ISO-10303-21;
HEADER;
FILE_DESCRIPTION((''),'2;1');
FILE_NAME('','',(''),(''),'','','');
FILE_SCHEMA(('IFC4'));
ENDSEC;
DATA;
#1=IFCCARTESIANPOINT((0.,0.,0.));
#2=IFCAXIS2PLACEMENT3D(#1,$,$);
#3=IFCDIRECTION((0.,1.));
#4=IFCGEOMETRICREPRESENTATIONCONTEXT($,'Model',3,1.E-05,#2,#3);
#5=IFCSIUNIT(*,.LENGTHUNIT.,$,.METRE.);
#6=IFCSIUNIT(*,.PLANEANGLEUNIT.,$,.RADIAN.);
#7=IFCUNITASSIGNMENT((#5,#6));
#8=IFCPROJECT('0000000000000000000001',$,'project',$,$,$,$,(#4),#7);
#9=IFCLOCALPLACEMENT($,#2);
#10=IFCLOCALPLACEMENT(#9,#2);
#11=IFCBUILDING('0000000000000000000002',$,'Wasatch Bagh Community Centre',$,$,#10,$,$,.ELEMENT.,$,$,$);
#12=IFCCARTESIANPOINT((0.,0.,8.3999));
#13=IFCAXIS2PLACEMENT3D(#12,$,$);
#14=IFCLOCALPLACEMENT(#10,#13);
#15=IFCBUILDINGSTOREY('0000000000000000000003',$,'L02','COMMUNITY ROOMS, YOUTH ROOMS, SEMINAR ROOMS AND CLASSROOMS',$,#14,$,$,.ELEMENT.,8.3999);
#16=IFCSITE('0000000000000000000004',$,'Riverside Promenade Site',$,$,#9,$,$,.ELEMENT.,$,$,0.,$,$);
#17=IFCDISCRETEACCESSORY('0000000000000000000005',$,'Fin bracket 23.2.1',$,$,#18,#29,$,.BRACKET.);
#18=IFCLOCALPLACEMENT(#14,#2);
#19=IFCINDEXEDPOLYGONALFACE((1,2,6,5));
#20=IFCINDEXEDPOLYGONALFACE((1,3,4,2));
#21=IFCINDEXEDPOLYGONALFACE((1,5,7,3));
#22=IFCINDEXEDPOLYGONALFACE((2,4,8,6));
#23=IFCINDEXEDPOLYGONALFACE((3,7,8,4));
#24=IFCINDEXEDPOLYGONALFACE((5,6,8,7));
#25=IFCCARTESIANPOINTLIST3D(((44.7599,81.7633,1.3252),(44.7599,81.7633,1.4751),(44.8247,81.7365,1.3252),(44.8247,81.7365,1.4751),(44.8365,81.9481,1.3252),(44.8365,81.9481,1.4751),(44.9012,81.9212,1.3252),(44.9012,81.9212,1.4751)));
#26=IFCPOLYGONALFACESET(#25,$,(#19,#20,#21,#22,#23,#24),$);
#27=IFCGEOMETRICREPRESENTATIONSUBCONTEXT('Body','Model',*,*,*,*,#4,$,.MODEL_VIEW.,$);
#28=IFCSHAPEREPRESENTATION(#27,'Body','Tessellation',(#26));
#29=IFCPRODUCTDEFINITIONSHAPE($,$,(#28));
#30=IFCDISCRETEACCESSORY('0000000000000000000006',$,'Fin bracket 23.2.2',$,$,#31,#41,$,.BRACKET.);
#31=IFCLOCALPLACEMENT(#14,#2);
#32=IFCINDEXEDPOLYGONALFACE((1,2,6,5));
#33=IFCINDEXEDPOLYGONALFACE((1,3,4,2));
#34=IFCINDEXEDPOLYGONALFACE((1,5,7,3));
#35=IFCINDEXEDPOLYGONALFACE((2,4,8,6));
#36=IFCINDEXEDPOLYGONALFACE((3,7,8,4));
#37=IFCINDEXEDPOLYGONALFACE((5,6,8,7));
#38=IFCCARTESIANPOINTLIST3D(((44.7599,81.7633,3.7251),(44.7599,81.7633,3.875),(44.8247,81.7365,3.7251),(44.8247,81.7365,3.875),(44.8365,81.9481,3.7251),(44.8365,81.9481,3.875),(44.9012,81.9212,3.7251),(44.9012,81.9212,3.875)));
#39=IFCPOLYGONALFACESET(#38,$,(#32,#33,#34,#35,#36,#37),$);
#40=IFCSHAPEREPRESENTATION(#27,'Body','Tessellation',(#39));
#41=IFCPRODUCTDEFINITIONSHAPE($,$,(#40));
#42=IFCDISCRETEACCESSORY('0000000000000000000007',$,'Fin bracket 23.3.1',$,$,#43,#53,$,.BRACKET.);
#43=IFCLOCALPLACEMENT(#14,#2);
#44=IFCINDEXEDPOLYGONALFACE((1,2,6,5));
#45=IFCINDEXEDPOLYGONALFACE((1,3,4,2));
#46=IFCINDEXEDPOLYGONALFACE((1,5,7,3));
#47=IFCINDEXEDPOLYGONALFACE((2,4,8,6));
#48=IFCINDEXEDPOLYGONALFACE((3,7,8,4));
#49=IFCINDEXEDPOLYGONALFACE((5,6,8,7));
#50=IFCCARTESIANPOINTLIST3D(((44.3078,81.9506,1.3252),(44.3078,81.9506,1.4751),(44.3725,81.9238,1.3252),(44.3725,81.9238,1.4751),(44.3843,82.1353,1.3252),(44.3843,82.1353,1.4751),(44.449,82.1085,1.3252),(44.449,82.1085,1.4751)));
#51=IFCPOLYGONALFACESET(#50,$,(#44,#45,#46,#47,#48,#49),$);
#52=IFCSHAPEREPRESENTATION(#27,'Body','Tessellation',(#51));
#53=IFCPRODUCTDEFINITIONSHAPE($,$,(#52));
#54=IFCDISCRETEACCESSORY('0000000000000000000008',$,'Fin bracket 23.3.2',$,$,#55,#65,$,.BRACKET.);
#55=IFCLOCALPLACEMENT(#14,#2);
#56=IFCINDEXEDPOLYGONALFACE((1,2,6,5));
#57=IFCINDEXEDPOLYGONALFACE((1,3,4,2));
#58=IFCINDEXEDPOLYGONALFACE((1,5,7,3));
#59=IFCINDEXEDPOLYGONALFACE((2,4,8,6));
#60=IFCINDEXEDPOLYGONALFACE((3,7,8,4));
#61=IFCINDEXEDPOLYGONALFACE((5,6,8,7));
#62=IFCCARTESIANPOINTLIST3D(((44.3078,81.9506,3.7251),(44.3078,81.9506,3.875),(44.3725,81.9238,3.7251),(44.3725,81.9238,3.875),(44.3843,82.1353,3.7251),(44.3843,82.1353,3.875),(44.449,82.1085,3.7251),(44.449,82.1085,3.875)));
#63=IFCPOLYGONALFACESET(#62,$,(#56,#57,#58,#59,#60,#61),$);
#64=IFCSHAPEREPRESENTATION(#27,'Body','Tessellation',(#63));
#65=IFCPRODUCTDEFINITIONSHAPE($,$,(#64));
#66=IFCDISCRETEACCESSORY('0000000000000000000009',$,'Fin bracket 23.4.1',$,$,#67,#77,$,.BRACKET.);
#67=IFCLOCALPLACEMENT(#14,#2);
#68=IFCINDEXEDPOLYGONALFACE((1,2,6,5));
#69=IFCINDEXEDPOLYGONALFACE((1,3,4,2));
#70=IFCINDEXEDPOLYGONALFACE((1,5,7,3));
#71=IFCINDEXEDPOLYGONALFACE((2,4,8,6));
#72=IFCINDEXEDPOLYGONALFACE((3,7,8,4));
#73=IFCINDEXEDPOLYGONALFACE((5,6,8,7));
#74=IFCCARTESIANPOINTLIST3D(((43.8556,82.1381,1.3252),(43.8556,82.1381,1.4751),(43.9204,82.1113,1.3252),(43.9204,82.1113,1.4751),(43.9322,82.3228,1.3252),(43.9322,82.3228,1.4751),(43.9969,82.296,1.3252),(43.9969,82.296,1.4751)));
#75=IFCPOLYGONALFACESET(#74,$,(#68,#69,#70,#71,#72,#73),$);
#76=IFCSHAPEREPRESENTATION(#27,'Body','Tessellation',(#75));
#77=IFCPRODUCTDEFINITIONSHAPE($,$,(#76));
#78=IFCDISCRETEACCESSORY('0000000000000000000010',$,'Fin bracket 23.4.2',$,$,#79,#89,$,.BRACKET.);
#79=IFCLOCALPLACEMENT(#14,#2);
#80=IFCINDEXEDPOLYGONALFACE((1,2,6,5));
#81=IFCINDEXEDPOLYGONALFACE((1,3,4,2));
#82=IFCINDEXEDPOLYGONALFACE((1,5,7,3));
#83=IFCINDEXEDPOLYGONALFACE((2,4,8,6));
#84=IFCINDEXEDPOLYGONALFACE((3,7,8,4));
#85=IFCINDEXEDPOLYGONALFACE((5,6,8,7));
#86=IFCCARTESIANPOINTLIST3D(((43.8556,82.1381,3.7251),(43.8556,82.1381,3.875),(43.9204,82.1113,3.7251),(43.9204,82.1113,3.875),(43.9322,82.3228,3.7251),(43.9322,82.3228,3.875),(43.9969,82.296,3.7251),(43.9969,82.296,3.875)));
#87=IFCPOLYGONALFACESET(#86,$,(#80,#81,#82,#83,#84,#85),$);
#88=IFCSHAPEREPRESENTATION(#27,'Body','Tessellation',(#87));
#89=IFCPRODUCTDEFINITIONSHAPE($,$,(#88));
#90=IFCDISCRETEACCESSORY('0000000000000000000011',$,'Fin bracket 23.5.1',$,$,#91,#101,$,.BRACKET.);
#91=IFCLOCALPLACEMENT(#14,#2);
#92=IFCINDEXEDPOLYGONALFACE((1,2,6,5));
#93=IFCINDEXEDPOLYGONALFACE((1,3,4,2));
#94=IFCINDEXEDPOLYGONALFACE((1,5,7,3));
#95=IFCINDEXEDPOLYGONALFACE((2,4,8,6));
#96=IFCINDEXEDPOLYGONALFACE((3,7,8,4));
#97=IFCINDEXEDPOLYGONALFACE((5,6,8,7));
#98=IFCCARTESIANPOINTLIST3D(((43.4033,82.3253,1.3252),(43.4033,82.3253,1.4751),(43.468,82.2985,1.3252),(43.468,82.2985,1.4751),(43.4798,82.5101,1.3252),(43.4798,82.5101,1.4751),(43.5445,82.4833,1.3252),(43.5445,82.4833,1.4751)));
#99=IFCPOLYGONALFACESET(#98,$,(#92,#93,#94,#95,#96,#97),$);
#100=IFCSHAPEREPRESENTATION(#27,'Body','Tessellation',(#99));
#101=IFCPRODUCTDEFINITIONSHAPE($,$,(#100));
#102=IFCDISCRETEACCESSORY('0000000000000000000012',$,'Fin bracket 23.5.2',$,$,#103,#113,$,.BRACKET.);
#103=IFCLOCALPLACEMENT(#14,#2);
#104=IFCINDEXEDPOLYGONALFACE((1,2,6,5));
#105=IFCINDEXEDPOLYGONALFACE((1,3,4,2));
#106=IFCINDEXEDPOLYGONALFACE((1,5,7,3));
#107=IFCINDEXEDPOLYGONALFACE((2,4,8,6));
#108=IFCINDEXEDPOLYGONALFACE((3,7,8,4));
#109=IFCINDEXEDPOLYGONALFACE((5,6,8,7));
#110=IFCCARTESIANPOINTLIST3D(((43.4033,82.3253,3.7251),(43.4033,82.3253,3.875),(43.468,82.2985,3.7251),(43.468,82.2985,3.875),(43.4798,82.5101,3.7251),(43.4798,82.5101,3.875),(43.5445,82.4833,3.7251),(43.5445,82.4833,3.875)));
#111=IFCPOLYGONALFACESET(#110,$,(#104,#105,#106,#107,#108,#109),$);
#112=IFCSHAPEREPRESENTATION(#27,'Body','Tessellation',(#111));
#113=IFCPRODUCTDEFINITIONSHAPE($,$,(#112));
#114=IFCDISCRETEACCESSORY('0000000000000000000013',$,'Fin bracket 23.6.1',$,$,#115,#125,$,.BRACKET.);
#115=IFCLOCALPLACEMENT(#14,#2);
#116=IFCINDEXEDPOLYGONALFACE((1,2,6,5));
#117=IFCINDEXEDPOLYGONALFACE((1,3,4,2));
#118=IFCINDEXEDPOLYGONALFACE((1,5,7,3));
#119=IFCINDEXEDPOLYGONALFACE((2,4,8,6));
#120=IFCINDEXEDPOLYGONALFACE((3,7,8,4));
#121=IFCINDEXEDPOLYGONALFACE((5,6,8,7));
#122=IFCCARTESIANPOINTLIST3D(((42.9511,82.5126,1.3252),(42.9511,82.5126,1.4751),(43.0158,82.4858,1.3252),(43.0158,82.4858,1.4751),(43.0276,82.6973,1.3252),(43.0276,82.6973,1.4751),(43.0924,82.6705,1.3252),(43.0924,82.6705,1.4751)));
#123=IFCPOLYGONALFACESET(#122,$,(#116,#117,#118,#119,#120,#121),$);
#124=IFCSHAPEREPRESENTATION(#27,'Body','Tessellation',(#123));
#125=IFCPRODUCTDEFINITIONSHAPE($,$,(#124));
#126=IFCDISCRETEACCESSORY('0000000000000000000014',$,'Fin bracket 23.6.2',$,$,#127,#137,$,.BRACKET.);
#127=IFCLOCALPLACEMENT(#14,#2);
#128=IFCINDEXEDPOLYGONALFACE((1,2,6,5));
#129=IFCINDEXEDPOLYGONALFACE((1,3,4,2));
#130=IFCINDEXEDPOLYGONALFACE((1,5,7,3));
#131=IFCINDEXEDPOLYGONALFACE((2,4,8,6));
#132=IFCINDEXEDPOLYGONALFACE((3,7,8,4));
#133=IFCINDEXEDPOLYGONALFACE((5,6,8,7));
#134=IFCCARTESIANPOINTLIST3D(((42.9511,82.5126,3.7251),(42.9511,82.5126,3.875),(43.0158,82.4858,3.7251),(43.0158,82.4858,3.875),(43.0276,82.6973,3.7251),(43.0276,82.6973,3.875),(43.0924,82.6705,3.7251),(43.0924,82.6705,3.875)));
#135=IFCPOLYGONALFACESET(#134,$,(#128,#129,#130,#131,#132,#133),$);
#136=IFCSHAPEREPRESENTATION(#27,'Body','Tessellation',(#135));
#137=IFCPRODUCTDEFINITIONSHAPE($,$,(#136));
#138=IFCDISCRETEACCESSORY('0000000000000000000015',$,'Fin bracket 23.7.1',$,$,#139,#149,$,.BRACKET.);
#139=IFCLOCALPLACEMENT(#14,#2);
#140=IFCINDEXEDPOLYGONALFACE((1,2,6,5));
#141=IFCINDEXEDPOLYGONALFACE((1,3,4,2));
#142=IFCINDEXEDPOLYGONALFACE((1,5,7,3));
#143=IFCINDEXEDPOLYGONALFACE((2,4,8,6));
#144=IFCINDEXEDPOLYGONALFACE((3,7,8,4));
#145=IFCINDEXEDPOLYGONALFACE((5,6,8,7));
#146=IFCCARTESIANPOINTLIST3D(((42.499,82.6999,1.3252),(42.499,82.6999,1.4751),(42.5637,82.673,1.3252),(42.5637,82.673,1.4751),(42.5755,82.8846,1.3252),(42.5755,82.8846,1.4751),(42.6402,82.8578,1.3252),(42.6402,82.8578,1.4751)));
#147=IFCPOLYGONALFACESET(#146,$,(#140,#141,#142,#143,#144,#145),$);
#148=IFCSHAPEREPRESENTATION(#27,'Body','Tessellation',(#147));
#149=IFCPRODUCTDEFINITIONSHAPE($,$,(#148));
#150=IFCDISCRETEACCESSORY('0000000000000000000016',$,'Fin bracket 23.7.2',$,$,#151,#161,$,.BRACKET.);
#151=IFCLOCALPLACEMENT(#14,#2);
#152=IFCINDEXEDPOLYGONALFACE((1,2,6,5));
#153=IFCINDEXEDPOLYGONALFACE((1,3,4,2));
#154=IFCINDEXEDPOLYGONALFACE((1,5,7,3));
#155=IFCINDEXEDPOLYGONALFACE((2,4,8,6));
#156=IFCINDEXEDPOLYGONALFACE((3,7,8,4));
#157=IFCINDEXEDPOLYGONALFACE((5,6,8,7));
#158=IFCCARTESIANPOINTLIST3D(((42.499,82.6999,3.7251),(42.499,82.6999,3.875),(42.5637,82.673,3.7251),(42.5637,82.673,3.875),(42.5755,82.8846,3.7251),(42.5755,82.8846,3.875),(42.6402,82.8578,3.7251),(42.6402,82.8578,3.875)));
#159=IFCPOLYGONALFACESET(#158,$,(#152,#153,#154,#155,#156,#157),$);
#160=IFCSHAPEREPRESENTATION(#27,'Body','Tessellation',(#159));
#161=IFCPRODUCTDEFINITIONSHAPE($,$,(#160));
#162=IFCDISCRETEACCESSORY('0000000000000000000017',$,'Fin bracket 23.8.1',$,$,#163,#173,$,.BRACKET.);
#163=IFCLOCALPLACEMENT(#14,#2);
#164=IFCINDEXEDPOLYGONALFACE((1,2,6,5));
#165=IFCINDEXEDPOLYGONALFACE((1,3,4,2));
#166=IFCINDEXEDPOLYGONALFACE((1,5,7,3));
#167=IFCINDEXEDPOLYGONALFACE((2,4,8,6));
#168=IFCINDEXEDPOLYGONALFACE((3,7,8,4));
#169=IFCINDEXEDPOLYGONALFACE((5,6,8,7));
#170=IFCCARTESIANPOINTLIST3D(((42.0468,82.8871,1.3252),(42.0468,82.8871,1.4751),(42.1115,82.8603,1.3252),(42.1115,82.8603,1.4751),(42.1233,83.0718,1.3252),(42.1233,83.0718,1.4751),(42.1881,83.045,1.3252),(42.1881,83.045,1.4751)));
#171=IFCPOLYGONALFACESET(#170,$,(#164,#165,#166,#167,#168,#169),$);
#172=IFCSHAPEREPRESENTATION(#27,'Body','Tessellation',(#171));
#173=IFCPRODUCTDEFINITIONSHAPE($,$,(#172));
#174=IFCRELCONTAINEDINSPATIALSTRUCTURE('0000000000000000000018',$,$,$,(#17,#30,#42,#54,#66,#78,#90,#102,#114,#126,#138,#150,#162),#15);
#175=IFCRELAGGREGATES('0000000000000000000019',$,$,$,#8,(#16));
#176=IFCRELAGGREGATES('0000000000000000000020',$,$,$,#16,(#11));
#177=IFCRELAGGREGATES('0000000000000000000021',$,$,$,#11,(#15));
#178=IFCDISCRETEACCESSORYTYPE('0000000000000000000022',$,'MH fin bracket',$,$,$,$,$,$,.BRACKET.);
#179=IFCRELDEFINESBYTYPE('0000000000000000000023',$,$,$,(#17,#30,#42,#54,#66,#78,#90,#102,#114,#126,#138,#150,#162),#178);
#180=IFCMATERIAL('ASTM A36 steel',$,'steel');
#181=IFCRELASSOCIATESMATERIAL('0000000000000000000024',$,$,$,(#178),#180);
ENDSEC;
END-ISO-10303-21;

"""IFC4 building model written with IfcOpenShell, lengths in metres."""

from ifc_helpers import new_model, si_unit, direction, frame, origin, origin_2d, place, context, subcontext, project, spatial, rectangle, extrude, material, type_object, element, save


model = new_model("IFC4")

# Units and contexts
model_context = context("Model", 3, precision=1e-05, world=origin(), true_north=direction((0.0, 1.0)))
body_context = subcontext(model_context, "Body", "Model", "MODEL_VIEW")
ifc_project = project(units=[si_unit("LENGTHUNIT", "METRE"), si_unit("PLANEANGLEUNIT", "RADIAN")], contexts=[model_context])

# Site, building, storey
site_placement = place(None, origin())
site = spatial("IfcSite", under=ifc_project, at=site_placement, Name="Riverside Promenade Site", CompositionType="ELEMENT", RefElevation=0.0)
building_placement = place(site_placement, origin())
building = spatial("IfcBuilding", under=site, at=building_placement, Name="Wasatch Bagh Community Centre", CompositionType="ELEMENT")
storey_placement = place(building_placement, frame((0.0, 0.0, 8.3999)))
storey = spatial("IfcBuildingStorey", under=building, at=storey_placement, Name="L02", Description="COMMUNITY ROOMS, YOUTH ROOMS, SEMINAR ROOMS AND CLASSROOMS", CompositionType="ELEMENT", Elevation=8.3999)

# Discrete accessories
ifc_material_1 = material(Name="ASTM A36 steel", Category="steel")
discrete_accessory_type = type_object("IfcDiscreteAccessoryType", Name="MH fin bracket", PredefinedType="BRACKET", material=ifc_material_1)
for number, where, z_axis, x_axis, name in (
    (1, (44.8306, 81.8423, 1.3252), (0.0, 0.0, 1.0), (-0.92388, 0.382683, 0.0), "Fin bracket 23.2.1"),
    (2, (44.8306, 81.8423, 3.7251), (0.0, 0.0, 1.0), (-0.92388, 0.382683, 0.0), "Fin bracket 23.2.2"),
    (3, (44.3784, 82.0295, 1.3252), (0.0, 0.0, 1.0), (-0.92388, 0.382683, 0.0), "Fin bracket 23.3.1"),
    (4, (44.3784, 82.0295, 3.7251), (0.0, 0.0, 1.0), (-0.92388, 0.382683, 0.0), "Fin bracket 23.3.2"),
    (5, (43.9263, 82.217, 1.3252), (0.0, 0.0, 1.0), (-0.92388, 0.382683, 0.0), "Fin bracket 23.4.1"),
    (6, (43.9263, 82.217, 3.7251), (0.0, 0.0, 1.0), (-0.92388, 0.382683, 0.0), "Fin bracket 23.4.2"),
    (7, (43.4739, 82.4043, 1.3252), (0.0, 0.0, 1.0), (-0.92388, 0.382683, 0.0), "Fin bracket 23.5.1"),
    (8, (43.4739, 82.4043, 3.7251), (0.0, 0.0, 1.0), (-0.92388, 0.382683, 0.0), "Fin bracket 23.5.2"),
    (9, (43.0217, 82.5916, 1.3252), (0.0, 0.0, 1.0), (-0.92388, 0.382683, 0.0), "Fin bracket 23.6.1"),
    (10, (43.0217, 82.5916, 3.7251), (0.0, 0.0, 1.0), (-0.92388, 0.382683, 0.0), "Fin bracket 23.6.2"),
    (11, (42.5696, 82.7788, 1.3252), (0.0, 0.0, 1.0), (-0.92388, 0.382683, 0.0), "Fin bracket 23.7.1"),
    (12, (42.5696, 82.7788, 3.7251), (0.0, 0.0, 1.0), (-0.92388, 0.382683, 0.0), "Fin bracket 23.7.2"),
    (13, (42.1174, 82.9661, 1.3252), (0.0, 0.0, 1.0), (-0.92388, 0.382683, 0.0), "Fin bracket 23.8.1"),
):
    element("IfcDiscreteAccessory", number, at=place(storey_placement, frame(where, z_axis=z_axis, x_axis=x_axis)), inside=storey, type_object=discrete_accessory_type, Name=name, PredefinedType="BRACKET", context=body_context, shape_type="SweptSolid", body=[
        extrude(rectangle(XDim=0.0701, YDim=0.2, at=origin_2d()), origin(), (0.0, 0.0, 1.0), 0.1499),
    ])

save(model, "model.ifc")
